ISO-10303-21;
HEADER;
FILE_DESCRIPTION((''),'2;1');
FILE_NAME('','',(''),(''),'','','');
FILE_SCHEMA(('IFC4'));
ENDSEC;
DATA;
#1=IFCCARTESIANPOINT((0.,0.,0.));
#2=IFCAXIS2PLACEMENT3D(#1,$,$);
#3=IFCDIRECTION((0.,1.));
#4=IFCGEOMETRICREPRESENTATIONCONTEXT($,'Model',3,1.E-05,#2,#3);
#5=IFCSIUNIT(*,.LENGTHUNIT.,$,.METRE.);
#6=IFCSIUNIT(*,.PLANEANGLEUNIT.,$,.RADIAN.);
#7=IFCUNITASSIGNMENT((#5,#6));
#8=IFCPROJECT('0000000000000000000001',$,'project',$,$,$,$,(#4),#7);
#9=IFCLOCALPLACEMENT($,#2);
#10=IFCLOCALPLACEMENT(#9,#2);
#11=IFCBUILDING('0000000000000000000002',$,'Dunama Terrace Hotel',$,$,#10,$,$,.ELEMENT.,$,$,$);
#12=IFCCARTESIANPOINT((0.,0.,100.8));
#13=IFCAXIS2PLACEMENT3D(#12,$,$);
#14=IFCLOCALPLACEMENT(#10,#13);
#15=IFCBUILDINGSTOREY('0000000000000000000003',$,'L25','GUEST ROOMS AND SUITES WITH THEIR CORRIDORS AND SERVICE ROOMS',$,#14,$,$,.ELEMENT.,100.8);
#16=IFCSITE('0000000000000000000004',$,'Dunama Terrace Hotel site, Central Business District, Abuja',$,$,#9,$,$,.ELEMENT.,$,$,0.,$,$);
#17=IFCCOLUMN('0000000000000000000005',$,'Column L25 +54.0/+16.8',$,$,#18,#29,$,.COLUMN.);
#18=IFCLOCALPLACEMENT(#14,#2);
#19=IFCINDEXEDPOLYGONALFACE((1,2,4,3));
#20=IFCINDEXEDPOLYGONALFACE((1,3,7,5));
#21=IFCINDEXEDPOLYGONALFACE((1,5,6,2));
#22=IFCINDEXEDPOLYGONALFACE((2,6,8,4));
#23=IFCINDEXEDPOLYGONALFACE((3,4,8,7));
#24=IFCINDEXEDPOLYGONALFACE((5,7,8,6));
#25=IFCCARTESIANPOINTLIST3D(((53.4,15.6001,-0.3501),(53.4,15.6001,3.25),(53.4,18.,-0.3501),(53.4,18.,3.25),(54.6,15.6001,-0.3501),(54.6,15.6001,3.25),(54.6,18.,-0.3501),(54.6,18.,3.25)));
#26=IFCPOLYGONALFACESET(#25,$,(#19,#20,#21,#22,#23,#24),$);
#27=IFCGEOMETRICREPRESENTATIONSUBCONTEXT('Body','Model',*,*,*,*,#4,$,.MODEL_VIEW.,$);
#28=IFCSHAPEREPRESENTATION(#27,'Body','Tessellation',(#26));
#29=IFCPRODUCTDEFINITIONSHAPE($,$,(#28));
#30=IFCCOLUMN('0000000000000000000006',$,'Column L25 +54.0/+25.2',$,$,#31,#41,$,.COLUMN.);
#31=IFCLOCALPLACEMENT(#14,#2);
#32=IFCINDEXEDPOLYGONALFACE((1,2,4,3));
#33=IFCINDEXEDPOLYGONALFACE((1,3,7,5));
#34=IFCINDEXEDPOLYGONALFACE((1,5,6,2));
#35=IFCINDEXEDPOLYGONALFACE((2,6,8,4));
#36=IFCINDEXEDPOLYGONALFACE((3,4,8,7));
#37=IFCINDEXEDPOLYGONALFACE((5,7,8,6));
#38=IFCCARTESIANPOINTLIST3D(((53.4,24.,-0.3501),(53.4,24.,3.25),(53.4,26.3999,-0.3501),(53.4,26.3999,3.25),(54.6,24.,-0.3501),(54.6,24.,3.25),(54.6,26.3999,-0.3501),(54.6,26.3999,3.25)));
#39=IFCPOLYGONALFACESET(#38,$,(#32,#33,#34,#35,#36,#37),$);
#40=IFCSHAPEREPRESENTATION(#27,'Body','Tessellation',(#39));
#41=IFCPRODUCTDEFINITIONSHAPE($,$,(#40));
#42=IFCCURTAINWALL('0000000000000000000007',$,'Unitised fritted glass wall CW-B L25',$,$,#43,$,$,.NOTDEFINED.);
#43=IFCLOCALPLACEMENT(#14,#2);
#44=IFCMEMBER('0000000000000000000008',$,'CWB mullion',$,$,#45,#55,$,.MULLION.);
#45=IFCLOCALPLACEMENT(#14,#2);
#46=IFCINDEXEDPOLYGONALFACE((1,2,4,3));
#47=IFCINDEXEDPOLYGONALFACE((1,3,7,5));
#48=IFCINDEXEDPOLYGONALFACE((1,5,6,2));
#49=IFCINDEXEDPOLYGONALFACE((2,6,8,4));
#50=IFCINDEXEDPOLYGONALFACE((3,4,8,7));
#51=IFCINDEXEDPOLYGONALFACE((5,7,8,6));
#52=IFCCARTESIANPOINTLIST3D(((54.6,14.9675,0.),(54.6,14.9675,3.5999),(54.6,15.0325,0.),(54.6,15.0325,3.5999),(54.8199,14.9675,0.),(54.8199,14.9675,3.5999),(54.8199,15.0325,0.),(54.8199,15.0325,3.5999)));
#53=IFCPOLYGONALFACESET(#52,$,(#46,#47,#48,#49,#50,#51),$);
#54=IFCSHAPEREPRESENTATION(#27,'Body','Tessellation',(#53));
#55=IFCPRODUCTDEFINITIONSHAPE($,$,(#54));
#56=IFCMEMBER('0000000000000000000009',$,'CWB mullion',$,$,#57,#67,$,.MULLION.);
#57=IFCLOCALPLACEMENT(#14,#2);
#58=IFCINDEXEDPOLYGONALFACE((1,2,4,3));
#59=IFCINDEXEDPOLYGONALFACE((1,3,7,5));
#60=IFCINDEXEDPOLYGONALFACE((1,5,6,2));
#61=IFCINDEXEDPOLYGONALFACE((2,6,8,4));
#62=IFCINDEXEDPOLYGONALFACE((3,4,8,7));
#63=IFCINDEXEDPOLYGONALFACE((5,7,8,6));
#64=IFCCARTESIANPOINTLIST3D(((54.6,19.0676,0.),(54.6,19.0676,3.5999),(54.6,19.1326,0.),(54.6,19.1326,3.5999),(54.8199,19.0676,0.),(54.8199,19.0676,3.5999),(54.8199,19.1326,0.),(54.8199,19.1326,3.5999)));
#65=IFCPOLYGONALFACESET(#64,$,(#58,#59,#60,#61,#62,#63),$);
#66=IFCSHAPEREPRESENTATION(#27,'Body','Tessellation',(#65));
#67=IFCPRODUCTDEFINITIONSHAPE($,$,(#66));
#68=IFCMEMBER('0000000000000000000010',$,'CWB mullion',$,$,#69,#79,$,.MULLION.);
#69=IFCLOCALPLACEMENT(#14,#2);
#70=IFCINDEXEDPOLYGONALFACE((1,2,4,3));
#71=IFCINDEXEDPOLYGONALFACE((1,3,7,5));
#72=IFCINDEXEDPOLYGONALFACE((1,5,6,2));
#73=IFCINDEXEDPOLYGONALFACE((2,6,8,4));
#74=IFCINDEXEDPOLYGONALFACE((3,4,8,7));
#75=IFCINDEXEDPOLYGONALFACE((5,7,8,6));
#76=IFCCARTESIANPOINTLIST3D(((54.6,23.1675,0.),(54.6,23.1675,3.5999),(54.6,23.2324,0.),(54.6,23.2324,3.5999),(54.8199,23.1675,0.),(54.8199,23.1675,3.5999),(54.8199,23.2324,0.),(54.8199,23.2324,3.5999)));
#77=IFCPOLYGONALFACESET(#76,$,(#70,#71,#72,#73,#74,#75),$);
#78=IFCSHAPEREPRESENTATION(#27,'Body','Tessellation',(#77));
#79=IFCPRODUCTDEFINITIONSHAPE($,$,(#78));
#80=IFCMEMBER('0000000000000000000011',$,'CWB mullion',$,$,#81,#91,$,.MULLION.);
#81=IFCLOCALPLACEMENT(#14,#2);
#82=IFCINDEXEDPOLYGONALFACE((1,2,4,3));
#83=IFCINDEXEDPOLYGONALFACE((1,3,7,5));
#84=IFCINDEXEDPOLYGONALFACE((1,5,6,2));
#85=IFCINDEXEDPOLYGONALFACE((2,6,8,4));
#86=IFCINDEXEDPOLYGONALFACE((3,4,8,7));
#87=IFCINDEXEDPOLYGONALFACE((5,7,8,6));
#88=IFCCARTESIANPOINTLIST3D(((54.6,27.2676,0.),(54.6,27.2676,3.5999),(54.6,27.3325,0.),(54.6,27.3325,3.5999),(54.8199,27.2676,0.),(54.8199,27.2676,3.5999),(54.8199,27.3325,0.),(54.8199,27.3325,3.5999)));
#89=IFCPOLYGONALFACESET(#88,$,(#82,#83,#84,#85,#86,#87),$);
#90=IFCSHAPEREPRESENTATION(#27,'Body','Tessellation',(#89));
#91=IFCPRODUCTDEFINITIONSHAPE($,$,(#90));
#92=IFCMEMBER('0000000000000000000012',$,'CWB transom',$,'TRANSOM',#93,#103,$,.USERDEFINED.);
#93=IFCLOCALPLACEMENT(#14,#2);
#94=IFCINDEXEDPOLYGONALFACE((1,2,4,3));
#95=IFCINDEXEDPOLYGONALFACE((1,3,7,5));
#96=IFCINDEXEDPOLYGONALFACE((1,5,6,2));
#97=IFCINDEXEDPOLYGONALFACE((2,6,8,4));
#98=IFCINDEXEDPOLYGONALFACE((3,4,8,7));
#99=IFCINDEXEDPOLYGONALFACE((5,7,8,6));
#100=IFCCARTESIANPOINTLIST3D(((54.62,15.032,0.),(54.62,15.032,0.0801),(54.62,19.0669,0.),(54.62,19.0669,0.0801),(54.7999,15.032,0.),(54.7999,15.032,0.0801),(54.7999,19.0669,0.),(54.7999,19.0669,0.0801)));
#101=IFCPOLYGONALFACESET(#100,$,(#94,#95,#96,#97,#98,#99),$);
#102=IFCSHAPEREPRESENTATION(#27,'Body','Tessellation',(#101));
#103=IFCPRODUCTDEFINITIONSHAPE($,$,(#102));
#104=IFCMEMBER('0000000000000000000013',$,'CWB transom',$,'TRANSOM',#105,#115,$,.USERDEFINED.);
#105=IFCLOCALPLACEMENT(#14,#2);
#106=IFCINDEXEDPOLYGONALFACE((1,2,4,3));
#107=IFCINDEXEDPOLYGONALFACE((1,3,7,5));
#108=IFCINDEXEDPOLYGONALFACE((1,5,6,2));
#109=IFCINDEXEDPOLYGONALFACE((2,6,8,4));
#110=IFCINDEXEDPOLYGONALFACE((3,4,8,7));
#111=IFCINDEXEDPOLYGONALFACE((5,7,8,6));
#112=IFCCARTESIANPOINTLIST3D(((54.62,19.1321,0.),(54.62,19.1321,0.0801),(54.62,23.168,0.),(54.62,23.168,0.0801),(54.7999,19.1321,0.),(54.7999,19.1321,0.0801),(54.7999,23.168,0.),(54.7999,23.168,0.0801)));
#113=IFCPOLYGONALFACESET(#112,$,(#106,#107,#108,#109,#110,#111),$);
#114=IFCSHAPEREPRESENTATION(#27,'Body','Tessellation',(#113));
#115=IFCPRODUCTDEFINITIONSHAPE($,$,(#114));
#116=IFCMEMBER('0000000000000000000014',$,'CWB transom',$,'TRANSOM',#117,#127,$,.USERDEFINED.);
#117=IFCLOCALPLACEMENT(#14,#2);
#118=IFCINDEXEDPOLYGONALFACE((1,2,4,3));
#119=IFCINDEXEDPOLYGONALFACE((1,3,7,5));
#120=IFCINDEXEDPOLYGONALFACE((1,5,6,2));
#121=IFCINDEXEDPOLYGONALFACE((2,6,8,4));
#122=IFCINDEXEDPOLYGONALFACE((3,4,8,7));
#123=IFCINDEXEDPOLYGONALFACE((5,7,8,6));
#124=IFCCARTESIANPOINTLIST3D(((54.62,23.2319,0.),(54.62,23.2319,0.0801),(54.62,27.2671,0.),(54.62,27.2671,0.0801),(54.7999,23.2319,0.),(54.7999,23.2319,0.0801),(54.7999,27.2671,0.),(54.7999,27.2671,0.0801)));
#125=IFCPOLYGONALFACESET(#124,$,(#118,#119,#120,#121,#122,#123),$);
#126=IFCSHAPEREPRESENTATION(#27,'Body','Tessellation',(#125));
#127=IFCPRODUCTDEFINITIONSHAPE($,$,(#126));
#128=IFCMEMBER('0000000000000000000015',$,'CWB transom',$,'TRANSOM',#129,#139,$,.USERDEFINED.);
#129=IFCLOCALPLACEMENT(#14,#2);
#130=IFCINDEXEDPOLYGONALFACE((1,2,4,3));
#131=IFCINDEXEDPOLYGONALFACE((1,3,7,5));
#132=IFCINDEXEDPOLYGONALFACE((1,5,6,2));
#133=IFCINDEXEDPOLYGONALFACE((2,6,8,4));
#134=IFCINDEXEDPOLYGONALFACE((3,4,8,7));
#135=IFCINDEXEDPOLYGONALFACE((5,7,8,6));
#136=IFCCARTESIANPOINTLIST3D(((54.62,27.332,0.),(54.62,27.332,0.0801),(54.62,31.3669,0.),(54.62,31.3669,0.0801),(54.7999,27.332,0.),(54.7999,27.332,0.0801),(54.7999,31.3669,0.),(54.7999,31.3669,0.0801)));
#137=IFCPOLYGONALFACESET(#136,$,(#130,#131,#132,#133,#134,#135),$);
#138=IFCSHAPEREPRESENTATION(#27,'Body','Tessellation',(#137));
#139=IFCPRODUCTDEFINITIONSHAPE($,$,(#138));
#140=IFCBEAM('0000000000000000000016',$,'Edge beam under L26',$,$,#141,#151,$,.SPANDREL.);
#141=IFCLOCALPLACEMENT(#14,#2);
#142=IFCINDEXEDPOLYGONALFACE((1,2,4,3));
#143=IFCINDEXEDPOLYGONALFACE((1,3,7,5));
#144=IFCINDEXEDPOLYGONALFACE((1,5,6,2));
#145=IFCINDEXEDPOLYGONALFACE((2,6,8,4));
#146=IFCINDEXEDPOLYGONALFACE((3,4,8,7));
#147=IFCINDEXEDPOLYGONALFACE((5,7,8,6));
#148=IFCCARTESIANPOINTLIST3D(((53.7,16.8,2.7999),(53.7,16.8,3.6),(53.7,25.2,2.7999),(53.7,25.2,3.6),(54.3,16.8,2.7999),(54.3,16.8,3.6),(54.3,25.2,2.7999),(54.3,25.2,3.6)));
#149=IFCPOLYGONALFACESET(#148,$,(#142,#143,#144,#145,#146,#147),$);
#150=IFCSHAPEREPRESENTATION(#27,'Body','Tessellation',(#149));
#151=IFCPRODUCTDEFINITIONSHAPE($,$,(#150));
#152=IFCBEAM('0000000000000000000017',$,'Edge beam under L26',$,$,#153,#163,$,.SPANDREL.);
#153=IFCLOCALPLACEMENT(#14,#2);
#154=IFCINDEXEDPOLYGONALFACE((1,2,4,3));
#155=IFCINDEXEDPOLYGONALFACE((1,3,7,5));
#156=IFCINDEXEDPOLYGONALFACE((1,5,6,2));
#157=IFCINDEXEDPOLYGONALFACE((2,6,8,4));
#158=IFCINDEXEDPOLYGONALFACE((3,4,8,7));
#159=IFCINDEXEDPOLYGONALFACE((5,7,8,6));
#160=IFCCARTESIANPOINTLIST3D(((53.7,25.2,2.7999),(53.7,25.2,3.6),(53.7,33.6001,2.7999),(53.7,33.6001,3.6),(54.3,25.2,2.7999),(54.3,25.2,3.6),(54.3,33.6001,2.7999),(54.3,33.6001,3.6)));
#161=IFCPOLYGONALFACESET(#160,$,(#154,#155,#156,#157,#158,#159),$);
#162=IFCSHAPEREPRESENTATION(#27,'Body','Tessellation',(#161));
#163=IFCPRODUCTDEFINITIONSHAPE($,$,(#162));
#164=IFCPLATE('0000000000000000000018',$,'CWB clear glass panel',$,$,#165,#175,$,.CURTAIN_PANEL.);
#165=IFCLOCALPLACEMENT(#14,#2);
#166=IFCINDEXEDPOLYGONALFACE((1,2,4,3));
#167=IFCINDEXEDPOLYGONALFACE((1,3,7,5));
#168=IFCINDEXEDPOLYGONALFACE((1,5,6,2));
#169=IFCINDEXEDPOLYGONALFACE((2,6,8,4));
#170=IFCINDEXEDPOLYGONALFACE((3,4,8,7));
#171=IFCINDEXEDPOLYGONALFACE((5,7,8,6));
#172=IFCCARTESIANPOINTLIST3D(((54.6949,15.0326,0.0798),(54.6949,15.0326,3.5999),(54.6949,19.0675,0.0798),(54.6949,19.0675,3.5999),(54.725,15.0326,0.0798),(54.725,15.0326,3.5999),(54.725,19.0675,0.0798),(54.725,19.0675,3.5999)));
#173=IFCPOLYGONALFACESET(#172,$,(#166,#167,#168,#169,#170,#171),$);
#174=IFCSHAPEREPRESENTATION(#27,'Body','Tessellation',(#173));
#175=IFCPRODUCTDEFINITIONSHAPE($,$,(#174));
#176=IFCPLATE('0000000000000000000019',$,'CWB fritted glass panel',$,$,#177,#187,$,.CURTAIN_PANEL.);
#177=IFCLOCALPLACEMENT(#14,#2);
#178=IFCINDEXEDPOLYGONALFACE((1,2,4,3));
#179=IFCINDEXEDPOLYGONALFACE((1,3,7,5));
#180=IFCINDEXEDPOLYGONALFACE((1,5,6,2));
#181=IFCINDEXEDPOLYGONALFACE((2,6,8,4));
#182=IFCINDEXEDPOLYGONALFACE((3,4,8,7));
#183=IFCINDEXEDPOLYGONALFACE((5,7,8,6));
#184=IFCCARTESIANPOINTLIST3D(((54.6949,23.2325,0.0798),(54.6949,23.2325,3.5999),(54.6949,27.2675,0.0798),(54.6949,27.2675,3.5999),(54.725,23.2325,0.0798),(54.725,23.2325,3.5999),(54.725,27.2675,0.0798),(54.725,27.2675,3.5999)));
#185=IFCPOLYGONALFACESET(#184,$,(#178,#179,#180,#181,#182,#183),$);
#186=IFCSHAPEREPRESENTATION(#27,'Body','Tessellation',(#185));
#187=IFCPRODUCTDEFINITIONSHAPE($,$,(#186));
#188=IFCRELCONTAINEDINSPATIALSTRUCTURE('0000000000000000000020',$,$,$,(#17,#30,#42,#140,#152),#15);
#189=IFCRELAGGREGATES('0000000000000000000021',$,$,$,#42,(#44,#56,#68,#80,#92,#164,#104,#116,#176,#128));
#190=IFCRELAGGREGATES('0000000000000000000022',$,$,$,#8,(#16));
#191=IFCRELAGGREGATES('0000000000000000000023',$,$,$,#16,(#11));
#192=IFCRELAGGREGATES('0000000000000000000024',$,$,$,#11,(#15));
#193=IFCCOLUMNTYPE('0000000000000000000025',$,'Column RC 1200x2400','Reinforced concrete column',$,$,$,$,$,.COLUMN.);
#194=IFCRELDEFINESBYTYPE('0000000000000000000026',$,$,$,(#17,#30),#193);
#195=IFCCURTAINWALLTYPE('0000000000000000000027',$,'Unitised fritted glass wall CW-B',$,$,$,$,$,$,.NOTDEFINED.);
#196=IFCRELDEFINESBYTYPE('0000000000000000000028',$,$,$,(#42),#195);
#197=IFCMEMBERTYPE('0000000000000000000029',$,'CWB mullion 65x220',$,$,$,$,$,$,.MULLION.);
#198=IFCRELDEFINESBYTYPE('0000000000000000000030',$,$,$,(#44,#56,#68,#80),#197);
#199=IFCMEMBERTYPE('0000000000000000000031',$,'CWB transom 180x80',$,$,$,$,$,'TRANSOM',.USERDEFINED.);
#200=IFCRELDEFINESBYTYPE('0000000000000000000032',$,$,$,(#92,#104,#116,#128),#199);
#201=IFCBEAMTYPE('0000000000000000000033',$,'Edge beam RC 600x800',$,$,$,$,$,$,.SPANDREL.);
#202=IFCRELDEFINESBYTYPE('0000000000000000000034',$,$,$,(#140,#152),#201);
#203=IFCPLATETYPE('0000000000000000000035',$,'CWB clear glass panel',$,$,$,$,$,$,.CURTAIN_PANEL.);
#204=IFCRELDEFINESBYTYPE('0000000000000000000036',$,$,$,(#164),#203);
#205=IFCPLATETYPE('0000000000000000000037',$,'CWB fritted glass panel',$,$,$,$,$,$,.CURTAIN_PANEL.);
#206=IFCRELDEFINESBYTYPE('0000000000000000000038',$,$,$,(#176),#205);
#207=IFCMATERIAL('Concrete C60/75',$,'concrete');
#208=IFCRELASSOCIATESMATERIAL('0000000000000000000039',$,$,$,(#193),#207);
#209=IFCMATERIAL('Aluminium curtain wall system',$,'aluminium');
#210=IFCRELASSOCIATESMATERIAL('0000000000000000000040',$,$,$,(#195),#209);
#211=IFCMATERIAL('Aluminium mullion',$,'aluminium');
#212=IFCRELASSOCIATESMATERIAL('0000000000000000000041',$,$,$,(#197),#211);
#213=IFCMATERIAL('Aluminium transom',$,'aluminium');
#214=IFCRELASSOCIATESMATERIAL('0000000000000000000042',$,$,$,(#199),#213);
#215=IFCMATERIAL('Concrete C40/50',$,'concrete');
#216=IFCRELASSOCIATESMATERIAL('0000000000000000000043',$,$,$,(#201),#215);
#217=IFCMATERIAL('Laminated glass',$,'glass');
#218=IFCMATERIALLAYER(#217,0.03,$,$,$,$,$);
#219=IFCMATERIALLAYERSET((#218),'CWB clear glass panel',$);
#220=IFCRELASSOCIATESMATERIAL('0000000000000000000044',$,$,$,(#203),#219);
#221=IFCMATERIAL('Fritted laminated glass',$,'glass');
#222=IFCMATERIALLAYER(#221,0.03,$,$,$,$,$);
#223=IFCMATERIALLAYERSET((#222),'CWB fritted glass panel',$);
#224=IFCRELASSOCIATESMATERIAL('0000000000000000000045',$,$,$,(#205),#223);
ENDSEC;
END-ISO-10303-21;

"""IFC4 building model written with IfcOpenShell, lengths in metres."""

from ifc_helpers import new_model, si_unit, direction, frame, origin, origin_2d, place, context, subcontext, project, spatial, rectangle, extrude, material, layer, layer_set, material_profile, profile_set, type_object, element, aggregate, save


model = new_model("IFC4")

# Units and contexts
model_context = context("Model", 3, precision=1e-05, world=origin(), true_north=direction((0.0, 1.0)))
body_context = subcontext(model_context, "Body", "Model", "MODEL_VIEW")
ifc_project = project(units=[si_unit("LENGTHUNIT", "METRE"), si_unit("PLANEANGLEUNIT", "RADIAN")], contexts=[model_context])

# Site, building, storey
site_placement = place(None, origin())
site = spatial("IfcSite", under=ifc_project, at=site_placement, Name="Dunama Terrace Hotel site, Central Business District, Abuja", CompositionType="ELEMENT", RefElevation=0.0)
building_placement = place(site_placement, origin())
building = spatial("IfcBuilding", under=site, at=building_placement, Name="Dunama Terrace Hotel", CompositionType="ELEMENT")
storey_placement = place(building_placement, frame((0.0, 0.0, 100.8)))
storey = spatial("IfcBuildingStorey", under=building, at=storey_placement, Name="L25", Description="GUEST ROOMS AND SUITES WITH THEIR CORRIDORS AND SERVICE ROOMS", CompositionType="ELEMENT", Elevation=100.8)

# Columns
ifc_material_1 = material(Name="Concrete C60/75", Category="concrete")
ifc_material_profile_1 = material_profile(ifc_material_1, rectangle(XDim=1.2, YDim=2.3999, at=origin_2d()), Name="RC 1200x2400")
ifc_profile_set_1 = profile_set([ifc_material_profile_1], Name="Concrete C60/75")
column_type = type_object("IfcColumnType", Name="Column RC 1200x2400", Description="Reinforced concrete column", PredefinedType="COLUMN", material=ifc_profile_set_1)
for number, where, z_axis, x_axis, name in (
    (1, (54.0, 16.8, -0.3501), (0.0, 0.0, 1.0), (1.0, 0.0, 0.0), "Column L25 +54.0/+16.8"),
    (2, (54.0, 25.2, -0.3501), (0.0, 0.0, 1.0), (1.0, 0.0, 0.0), "Column L25 +54.0/+25.2"),
):
    element("IfcColumn", number, at=place(storey_placement, frame(where, z_axis=z_axis, x_axis=x_axis)), inside=storey, type_object=column_type, Name=name, PredefinedType="COLUMN", context=body_context, shape_type="SweptSolid", body=[
        extrude(rectangle(XDim=1.2, YDim=2.3999, at=origin_2d()), origin(), (0.0, 0.0, 1.0), 3.6001),
    ])

# Curtain wall, members
ifc_material_2 = material(Name="Aluminium curtain wall system", Category="aluminium")
curtain_wall_type = type_object("IfcCurtainWallType", Name="Unitised fritted glass wall CW-B", PredefinedType="NOTDEFINED", material=ifc_material_2)
curtain_wall_placement = place(storey_placement, origin())
curtain_wall = element("IfcCurtainWall", 3, at=curtain_wall_placement, inside=storey, type_object=curtain_wall_type, Name="Unitised fritted glass wall CW-B L25", PredefinedType="NOTDEFINED")
ifc_material_3 = material(Name="Aluminium mullion", Category="aluminium")
ifc_material_profile_2 = material_profile(ifc_material_3, rectangle(XDim=0.0649, YDim=0.22, at=origin_2d()), Name="CWB MULLION 65X220")
ifc_profile_set_2 = profile_set([ifc_material_profile_2], Name="Aluminium mullion")
member_type_1 = type_object("IfcMemberType", Name="CWB mullion 65x220", PredefinedType="MULLION", material=ifc_profile_set_2)
member_1_placement = place(storey_placement, frame((54.71, 15.0, 0.0), z_axis=(0.0, 0.0, 1.0), x_axis=(0.0, 1.0, 0.0)))
member_1 = element("IfcMember", 4, at=member_1_placement, type_object=member_type_1, Name="CWB mullion", PredefinedType="MULLION", context=body_context, shape_type="SweptSolid", body=[
    extrude(rectangle(XDim=0.0649, YDim=0.22, at=origin_2d()), origin(), (0.0, 0.0, 1.0), 3.5999),
])
member_2_placement = place(storey_placement, frame((54.71, 19.1001, 0.0), z_axis=(0.0, 0.0, 1.0), x_axis=(0.0, 1.0, 0.0)))
member_2 = element("IfcMember", 5, at=member_2_placement, type_object=member_type_1, Name="CWB mullion", PredefinedType="MULLION", context=body_context, shape_type="SweptSolid", body=[
    extrude(rectangle(XDim=0.0649, YDim=0.22, at=origin_2d()), origin(), (0.0, 0.0, 1.0), 3.5999),
])
member_3_placement = place(storey_placement, frame((54.71, 23.2, 0.0), z_axis=(0.0, 0.0, 1.0), x_axis=(0.0, 1.0, 0.0)))
member_3 = element("IfcMember", 6, at=member_3_placement, type_object=member_type_1, Name="CWB mullion", PredefinedType="MULLION", context=body_context, shape_type="SweptSolid", body=[
    extrude(rectangle(XDim=0.0649, YDim=0.22, at=origin_2d()), origin(), (0.0, 0.0, 1.0), 3.5999),
])
member_4_placement = place(storey_placement, frame((54.71, 27.3, 0.0), z_axis=(0.0, 0.0, 1.0), x_axis=(0.0, 1.0, 0.0)))
member_4 = element("IfcMember", 7, at=member_4_placement, type_object=member_type_1, Name="CWB mullion", PredefinedType="MULLION", context=body_context, shape_type="SweptSolid", body=[
    extrude(rectangle(XDim=0.0649, YDim=0.22, at=origin_2d()), origin(), (0.0, 0.0, 1.0), 3.5999),
])
ifc_material_4 = material(Name="Aluminium transom", Category="aluminium")
ifc_material_profile_3 = material_profile(ifc_material_4, rectangle(XDim=0.1799, YDim=0.0801, at=origin_2d()), Name="CWB TRANSOM 180X80")
ifc_profile_set_3 = profile_set([ifc_material_profile_3], Name="Aluminium transom")
member_type_2 = type_object("IfcMemberType", Name="CWB transom 180x80", ElementType="TRANSOM", PredefinedType="USERDEFINED", material=ifc_profile_set_3)
member_5_placement = place(storey_placement, frame((54.71, 15.032, 0.04), z_axis=(0.0, 1.0, 0.0), x_axis=(-1.0, 0.0, 0.0)))
member_5 = element("IfcMember", 8, at=member_5_placement, type_object=member_type_2, Name="CWB transom", ObjectType="TRANSOM", PredefinedType="USERDEFINED", context=body_context, shape_type="SweptSolid", body=[
    extrude(rectangle(XDim=0.1799, YDim=0.0801, at=origin_2d()), origin(), (0.0, 0.0, 1.0), 4.0349),
])
member_6_placement = place(storey_placement, frame((54.71, 19.1321, 0.04), z_axis=(0.0, 1.0, 0.0), x_axis=(-1.0, 0.0, 0.0)))
member_6 = element("IfcMember", 9, at=member_6_placement, type_object=member_type_2, Name="CWB transom", ObjectType="TRANSOM", PredefinedType="USERDEFINED", context=body_context, shape_type="SweptSolid", body=[
    extrude(rectangle(XDim=0.1799, YDim=0.0801, at=origin_2d()), origin(), (0.0, 0.0, 1.0), 4.0359),
])
member_7_placement = place(storey_placement, frame((54.71, 23.2319, 0.04), z_axis=(0.0, 1.0, 0.0), x_axis=(-1.0, 0.0, 0.0)))
member_7 = element("IfcMember", 10, at=member_7_placement, type_object=member_type_2, Name="CWB transom", ObjectType="TRANSOM", PredefinedType="USERDEFINED", context=body_context, shape_type="SweptSolid", body=[
    extrude(rectangle(XDim=0.1799, YDim=0.0801, at=origin_2d()), origin(), (0.0, 0.0, 1.0), 4.0352),
])
member_8_placement = place(storey_placement, frame((54.71, 27.332, 0.04), z_axis=(0.0, 1.0, 0.0), x_axis=(-1.0, 0.0, 0.0)))
member_8 = element("IfcMember", 11, at=member_8_placement, type_object=member_type_2, Name="CWB transom", ObjectType="TRANSOM", PredefinedType="USERDEFINED", context=body_context, shape_type="SweptSolid", body=[
    extrude(rectangle(XDim=0.1799, YDim=0.0801, at=origin_2d()), origin(), (0.0, 0.0, 1.0), 4.0349),
])

# Beams
ifc_material_5 = material(Name="Concrete C40/50", Category="concrete")
ifc_material_profile_4 = material_profile(ifc_material_5, rectangle(XDim=0.6001, YDim=0.8, at=origin_2d()), Name="RC 600x800")
ifc_profile_set_4 = profile_set([ifc_material_profile_4], Name="Concrete C40/50")
beam_type = type_object("IfcBeamType", Name="Edge beam RC 600x800", PredefinedType="SPANDREL", material=ifc_profile_set_4)
beam_1_placement = place(storey_placement, frame((54.0, 16.8, 3.2), z_axis=(0.0, 1.0, 0.0), x_axis=(-1.0, 0.0, 0.0)))
element("IfcBeam", 12, at=beam_1_placement, inside=storey, type_object=beam_type, Name="Edge beam under L26", PredefinedType="SPANDREL", context=body_context, shape_type="SweptSolid", body=[
    extrude(rectangle(XDim=0.6001, YDim=0.8, at=origin_2d()), origin(), (0.0, 0.0, 1.0), 8.3999),
])
beam_2_placement = place(storey_placement, frame((54.0, 25.2, 3.2), z_axis=(0.0, 1.0, 0.0), x_axis=(-1.0, 0.0, 0.0)))
element("IfcBeam", 13, at=beam_2_placement, inside=storey, type_object=beam_type, Name="Edge beam under L26", PredefinedType="SPANDREL", context=body_context, shape_type="SweptSolid", body=[
    extrude(rectangle(XDim=0.6001, YDim=0.8, at=origin_2d()), origin(), (0.0, 0.0, 1.0), 8.4001),
])

# Plates
ifc_material_6 = material(Name="Laminated glass", Category="glass")
ifc_layer_1 = layer(ifc_material_6, 0.03)
ifc_layer_set_1 = layer_set([ifc_layer_1], Name="CWB clear glass panel")
plate_type_1 = type_object("IfcPlateType", Name="CWB clear glass panel", PredefinedType="CURTAIN_PANEL", material=ifc_layer_set_1)
plate_1_placement = place(storey_placement, frame((54.71, 17.05, 0.0798), z_axis=(0.0, 0.0, 1.0), x_axis=(0.0, 1.0, 0.0)))
plate_1 = element("IfcPlate", 14, at=plate_1_placement, type_object=plate_type_1, Name="CWB clear glass panel", PredefinedType="CURTAIN_PANEL", context=body_context, shape_type="SweptSolid", body=[
    extrude(rectangle(XDim=4.0349, YDim=0.03, at=origin_2d()), origin(), (0.0, 0.0, 1.0), 3.52),
])
ifc_material_7 = material(Name="Fritted laminated glass", Category="glass")
ifc_layer_2 = layer(ifc_material_7, 0.03)
ifc_layer_set_2 = layer_set([ifc_layer_2], Name="CWB fritted glass panel")
plate_type_2 = type_object("IfcPlateType", Name="CWB fritted glass panel", PredefinedType="CURTAIN_PANEL", material=ifc_layer_set_2)
plate_2_placement = place(storey_placement, frame((54.71, 25.25, 0.0798), z_axis=(0.0, 0.0, 1.0), x_axis=(0.0, 1.0, 0.0)))
plate_2 = element("IfcPlate", 15, at=plate_2_placement, type_object=plate_type_2, Name="CWB fritted glass panel", PredefinedType="CURTAIN_PANEL", context=body_context, shape_type="SweptSolid", body=[
    extrude(rectangle(XDim=4.0349, YDim=0.03, at=origin_2d()), origin(), (0.0, 0.0, 1.0), 3.52),
])
aggregate(curtain_wall, [member_1, member_2, member_3, member_4, member_5, plate_1, member_6, member_7, plate_2, member_8])

save(model, "model.ifc")
